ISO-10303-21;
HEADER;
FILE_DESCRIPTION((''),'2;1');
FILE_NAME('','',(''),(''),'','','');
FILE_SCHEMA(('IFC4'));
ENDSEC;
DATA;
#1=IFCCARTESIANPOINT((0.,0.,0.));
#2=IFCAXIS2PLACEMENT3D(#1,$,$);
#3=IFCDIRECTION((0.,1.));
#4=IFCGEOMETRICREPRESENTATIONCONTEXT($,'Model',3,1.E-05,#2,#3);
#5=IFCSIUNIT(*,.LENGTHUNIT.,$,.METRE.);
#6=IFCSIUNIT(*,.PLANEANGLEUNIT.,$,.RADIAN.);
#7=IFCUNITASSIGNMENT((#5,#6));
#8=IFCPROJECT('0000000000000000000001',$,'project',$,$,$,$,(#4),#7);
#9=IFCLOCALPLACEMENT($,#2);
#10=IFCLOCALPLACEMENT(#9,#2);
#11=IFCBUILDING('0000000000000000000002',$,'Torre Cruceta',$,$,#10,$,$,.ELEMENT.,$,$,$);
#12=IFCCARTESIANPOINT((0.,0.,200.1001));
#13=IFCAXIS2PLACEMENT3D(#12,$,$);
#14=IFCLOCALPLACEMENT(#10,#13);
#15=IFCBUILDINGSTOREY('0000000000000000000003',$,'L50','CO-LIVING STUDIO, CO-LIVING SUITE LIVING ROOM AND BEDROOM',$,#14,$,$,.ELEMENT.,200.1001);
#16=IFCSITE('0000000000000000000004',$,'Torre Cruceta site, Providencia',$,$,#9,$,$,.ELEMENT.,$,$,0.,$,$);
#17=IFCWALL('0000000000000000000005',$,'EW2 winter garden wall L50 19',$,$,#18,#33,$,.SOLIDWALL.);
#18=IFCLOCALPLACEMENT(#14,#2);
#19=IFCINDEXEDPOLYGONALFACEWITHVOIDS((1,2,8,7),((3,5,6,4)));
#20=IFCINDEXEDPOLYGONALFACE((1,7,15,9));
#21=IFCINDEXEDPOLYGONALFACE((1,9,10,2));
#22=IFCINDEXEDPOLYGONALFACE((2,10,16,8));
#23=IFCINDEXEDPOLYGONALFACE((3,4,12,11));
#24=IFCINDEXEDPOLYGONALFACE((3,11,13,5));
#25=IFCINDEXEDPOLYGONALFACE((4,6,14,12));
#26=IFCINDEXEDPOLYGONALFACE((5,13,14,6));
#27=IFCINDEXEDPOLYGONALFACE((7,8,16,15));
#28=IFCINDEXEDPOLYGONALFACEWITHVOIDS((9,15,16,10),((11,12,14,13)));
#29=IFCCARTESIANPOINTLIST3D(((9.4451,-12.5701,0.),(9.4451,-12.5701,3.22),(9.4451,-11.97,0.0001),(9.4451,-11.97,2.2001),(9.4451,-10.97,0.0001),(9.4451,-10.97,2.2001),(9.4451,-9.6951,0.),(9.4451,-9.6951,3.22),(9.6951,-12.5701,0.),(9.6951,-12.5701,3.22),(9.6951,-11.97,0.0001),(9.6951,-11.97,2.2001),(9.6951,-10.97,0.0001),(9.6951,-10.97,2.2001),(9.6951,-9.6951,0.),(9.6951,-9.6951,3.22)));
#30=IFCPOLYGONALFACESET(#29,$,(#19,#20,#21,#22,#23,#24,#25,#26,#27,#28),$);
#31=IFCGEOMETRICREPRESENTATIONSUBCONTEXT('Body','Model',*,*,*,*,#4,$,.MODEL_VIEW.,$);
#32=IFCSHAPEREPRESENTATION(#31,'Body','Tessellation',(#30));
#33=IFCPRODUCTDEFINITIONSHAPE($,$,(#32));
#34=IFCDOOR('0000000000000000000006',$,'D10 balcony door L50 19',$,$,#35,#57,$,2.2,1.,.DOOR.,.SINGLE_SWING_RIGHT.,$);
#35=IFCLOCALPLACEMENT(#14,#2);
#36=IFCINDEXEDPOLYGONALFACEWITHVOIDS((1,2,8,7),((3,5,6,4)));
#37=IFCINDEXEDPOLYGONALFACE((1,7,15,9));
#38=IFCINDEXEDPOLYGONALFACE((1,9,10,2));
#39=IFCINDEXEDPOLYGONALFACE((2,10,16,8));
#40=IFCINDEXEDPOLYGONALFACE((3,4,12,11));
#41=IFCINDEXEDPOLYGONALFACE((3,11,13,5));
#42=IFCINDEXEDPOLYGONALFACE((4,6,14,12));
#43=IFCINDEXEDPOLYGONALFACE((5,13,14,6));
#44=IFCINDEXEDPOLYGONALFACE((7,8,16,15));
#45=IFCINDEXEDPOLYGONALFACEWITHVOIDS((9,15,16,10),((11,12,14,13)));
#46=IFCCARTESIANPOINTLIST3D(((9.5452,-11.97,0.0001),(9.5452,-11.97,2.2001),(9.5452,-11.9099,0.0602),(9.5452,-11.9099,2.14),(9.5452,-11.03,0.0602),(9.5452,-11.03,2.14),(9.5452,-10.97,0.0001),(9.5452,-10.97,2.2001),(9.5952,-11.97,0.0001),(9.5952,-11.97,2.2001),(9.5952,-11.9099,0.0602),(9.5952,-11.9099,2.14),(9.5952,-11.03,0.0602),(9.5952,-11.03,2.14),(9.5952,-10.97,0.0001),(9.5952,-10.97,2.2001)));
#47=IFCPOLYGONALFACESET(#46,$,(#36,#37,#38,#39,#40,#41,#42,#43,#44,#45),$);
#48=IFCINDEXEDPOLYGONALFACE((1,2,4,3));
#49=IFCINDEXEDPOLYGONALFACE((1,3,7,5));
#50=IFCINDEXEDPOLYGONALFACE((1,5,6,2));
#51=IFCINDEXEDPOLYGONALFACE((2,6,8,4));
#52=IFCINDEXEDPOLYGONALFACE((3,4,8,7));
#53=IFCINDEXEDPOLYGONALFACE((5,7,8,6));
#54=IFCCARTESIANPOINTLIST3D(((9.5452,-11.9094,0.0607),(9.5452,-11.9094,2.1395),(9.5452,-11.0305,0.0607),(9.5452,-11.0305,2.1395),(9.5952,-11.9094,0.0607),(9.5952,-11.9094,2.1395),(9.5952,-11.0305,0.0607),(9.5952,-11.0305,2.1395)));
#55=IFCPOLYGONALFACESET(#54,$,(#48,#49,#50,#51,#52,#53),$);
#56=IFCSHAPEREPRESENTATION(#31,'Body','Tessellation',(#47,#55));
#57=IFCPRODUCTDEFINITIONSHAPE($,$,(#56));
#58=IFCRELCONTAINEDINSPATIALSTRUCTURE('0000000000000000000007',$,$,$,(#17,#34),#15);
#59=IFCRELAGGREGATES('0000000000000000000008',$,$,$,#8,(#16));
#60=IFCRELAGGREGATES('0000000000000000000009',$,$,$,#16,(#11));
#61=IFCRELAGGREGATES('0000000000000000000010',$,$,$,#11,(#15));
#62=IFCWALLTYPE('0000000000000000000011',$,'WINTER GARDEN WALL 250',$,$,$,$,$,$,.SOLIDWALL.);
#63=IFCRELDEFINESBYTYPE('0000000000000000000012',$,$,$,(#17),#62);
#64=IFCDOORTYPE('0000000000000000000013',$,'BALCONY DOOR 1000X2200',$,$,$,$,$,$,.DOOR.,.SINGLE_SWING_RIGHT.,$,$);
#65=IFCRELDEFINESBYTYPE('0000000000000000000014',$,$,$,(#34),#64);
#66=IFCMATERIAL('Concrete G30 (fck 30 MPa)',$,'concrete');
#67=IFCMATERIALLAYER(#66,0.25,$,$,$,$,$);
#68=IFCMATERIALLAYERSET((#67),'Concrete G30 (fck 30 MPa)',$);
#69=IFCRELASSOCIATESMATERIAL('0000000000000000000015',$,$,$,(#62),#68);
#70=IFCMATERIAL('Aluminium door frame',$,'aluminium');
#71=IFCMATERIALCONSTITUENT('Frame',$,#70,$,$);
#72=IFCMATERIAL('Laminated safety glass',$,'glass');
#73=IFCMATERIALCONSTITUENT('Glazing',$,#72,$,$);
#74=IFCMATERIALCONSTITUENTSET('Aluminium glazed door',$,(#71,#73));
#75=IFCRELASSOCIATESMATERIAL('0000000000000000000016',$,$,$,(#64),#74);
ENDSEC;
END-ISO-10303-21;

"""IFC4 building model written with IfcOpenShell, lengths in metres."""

from ifc_helpers import new_model, si_unit, direction, frame, frame_2d, origin, place, context, subcontext, project, spatial, rectangle, hollow_rectangle, extrude, material, layer, layer_set, constituent, constituent_set, type_object, element, fill, save


model = new_model("IFC4")

# Units and contexts
model_context = context("Model", 3, precision=1e-05, world=origin(), true_north=direction((0.0, 1.0)))
body_context = subcontext(model_context, "Body", "Model", "MODEL_VIEW")
ifc_project = project(units=[si_unit("LENGTHUNIT", "METRE"), si_unit("PLANEANGLEUNIT", "RADIAN")], contexts=[model_context])

# Site, building, storey
site_placement = place(None, origin())
site = spatial("IfcSite", under=ifc_project, at=site_placement, Name="Torre Cruceta site, Providencia", CompositionType="ELEMENT", RefElevation=0.0)
building_placement = place(site_placement, origin())
building = spatial("IfcBuilding", under=site, at=building_placement, Name="Torre Cruceta", CompositionType="ELEMENT")
storey_placement = place(building_placement, frame((0.0, 0.0, 200.1001)))
storey = spatial("IfcBuildingStorey", under=building, at=storey_placement, Name="L50", Description="CO-LIVING STUDIO, CO-LIVING SUITE LIVING ROOM AND BEDROOM", CompositionType="ELEMENT", Elevation=200.1001)

# Wall, opening, door
ifc_material_1 = material(Name="Concrete G30 (fck 30 MPa)", Category="concrete")
ifc_layer_1 = layer(ifc_material_1, 0.25)
ifc_layer_set_1 = layer_set([ifc_layer_1], Name="Concrete G30 (fck 30 MPa)")
wall_type_1 = type_object("IfcWallType", Name="WINTER GARDEN WALL 250", PredefinedType="SOLIDWALL", material=ifc_layer_set_1)
ifc_material_2 = material(Name="Aluminium door frame", Category="aluminium")
ifc_constituent_1 = constituent(ifc_material_2, Name="Frame")
ifc_material_3 = material(Name="Laminated safety glass", Category="glass")
ifc_constituent_2 = constituent(ifc_material_3, Name="Glazing")
ifc_constituent_set_1 = constituent_set(constituents=[ifc_constituent_1, ifc_constituent_2], Name="Aluminium glazed door")
door_type_1 = type_object("IfcDoorType", Name="BALCONY DOOR 1000X2200", OperationType="SINGLE_SWING_RIGHT", PredefinedType="DOOR", material=ifc_constituent_set_1)
wall_1_placement = place(storey_placement, frame((9.5701, -12.5701, 0.0), z_axis=(0.0, 0.0, 1.0), x_axis=(0.0, 1.0, 0.0)))
wall_1 = element("IfcWall", 1, at=wall_1_placement, inside=storey, type_object=wall_type_1, Name="EW2 winter garden wall L50 19", PredefinedType="SOLIDWALL", context=body_context, shape_type="SweptSolid", body=[
    extrude(rectangle(XDim=2.875, YDim=0.25, at=frame_2d((1.4375, 0.0))), origin(), (0.0, 0.0, 1.0), 3.22),
])
opening_1_placement = place(wall_1_placement, frame((0.6001, 0.0, 0.0)))
opening_1 = element("IfcOpeningElement", 2, at=opening_1_placement, cuts=wall_1, PredefinedType="OPENING", context=body_context, shape_type="SweptSolid", body=[
    extrude(rectangle(XDim=1.0, YDim=2.2, at=frame_2d((0.5, 1.1001))), frame((0.0, 0.135, 0.0), z_axis=(0.0, -1.0, 0.0), x_axis=(1.0, 0.0, 0.0)), (0.0, 0.0, 1.0), 0.27),
])
door_1_placement = place(opening_1_placement, origin())
door_1 = element("IfcDoor", 3, at=door_1_placement, inside=storey, type_object=door_type_1, Name="D10 balcony door L50 19", OperationType="SINGLE_SWING_RIGHT", OverallHeight=2.2, OverallWidth=1.0, PredefinedType="DOOR", context=body_context, shape_type="SweptSolid", body=[
    extrude(hollow_rectangle(XDim=1.0, YDim=2.2, WallThickness=0.0601, at=frame_2d((0.5, 1.1001))), frame((0.0, 0.0249, 0.0), z_axis=(0.0, -1.0, 0.0), x_axis=(1.0, 0.0, 0.0)), (0.0, 0.0, 1.0), 0.05),
    extrude(rectangle(XDim=0.8789, YDim=2.0789, at=frame_2d((0.5, 1.1001))), frame((0.0, 0.0249, 0.0), z_axis=(0.0, -1.0, 0.0), x_axis=(1.0, 0.0, 0.0)), (0.0, 0.0, 1.0), 0.05),
])
fill(opening_1, door_1)

save(model, "model.ifc")
